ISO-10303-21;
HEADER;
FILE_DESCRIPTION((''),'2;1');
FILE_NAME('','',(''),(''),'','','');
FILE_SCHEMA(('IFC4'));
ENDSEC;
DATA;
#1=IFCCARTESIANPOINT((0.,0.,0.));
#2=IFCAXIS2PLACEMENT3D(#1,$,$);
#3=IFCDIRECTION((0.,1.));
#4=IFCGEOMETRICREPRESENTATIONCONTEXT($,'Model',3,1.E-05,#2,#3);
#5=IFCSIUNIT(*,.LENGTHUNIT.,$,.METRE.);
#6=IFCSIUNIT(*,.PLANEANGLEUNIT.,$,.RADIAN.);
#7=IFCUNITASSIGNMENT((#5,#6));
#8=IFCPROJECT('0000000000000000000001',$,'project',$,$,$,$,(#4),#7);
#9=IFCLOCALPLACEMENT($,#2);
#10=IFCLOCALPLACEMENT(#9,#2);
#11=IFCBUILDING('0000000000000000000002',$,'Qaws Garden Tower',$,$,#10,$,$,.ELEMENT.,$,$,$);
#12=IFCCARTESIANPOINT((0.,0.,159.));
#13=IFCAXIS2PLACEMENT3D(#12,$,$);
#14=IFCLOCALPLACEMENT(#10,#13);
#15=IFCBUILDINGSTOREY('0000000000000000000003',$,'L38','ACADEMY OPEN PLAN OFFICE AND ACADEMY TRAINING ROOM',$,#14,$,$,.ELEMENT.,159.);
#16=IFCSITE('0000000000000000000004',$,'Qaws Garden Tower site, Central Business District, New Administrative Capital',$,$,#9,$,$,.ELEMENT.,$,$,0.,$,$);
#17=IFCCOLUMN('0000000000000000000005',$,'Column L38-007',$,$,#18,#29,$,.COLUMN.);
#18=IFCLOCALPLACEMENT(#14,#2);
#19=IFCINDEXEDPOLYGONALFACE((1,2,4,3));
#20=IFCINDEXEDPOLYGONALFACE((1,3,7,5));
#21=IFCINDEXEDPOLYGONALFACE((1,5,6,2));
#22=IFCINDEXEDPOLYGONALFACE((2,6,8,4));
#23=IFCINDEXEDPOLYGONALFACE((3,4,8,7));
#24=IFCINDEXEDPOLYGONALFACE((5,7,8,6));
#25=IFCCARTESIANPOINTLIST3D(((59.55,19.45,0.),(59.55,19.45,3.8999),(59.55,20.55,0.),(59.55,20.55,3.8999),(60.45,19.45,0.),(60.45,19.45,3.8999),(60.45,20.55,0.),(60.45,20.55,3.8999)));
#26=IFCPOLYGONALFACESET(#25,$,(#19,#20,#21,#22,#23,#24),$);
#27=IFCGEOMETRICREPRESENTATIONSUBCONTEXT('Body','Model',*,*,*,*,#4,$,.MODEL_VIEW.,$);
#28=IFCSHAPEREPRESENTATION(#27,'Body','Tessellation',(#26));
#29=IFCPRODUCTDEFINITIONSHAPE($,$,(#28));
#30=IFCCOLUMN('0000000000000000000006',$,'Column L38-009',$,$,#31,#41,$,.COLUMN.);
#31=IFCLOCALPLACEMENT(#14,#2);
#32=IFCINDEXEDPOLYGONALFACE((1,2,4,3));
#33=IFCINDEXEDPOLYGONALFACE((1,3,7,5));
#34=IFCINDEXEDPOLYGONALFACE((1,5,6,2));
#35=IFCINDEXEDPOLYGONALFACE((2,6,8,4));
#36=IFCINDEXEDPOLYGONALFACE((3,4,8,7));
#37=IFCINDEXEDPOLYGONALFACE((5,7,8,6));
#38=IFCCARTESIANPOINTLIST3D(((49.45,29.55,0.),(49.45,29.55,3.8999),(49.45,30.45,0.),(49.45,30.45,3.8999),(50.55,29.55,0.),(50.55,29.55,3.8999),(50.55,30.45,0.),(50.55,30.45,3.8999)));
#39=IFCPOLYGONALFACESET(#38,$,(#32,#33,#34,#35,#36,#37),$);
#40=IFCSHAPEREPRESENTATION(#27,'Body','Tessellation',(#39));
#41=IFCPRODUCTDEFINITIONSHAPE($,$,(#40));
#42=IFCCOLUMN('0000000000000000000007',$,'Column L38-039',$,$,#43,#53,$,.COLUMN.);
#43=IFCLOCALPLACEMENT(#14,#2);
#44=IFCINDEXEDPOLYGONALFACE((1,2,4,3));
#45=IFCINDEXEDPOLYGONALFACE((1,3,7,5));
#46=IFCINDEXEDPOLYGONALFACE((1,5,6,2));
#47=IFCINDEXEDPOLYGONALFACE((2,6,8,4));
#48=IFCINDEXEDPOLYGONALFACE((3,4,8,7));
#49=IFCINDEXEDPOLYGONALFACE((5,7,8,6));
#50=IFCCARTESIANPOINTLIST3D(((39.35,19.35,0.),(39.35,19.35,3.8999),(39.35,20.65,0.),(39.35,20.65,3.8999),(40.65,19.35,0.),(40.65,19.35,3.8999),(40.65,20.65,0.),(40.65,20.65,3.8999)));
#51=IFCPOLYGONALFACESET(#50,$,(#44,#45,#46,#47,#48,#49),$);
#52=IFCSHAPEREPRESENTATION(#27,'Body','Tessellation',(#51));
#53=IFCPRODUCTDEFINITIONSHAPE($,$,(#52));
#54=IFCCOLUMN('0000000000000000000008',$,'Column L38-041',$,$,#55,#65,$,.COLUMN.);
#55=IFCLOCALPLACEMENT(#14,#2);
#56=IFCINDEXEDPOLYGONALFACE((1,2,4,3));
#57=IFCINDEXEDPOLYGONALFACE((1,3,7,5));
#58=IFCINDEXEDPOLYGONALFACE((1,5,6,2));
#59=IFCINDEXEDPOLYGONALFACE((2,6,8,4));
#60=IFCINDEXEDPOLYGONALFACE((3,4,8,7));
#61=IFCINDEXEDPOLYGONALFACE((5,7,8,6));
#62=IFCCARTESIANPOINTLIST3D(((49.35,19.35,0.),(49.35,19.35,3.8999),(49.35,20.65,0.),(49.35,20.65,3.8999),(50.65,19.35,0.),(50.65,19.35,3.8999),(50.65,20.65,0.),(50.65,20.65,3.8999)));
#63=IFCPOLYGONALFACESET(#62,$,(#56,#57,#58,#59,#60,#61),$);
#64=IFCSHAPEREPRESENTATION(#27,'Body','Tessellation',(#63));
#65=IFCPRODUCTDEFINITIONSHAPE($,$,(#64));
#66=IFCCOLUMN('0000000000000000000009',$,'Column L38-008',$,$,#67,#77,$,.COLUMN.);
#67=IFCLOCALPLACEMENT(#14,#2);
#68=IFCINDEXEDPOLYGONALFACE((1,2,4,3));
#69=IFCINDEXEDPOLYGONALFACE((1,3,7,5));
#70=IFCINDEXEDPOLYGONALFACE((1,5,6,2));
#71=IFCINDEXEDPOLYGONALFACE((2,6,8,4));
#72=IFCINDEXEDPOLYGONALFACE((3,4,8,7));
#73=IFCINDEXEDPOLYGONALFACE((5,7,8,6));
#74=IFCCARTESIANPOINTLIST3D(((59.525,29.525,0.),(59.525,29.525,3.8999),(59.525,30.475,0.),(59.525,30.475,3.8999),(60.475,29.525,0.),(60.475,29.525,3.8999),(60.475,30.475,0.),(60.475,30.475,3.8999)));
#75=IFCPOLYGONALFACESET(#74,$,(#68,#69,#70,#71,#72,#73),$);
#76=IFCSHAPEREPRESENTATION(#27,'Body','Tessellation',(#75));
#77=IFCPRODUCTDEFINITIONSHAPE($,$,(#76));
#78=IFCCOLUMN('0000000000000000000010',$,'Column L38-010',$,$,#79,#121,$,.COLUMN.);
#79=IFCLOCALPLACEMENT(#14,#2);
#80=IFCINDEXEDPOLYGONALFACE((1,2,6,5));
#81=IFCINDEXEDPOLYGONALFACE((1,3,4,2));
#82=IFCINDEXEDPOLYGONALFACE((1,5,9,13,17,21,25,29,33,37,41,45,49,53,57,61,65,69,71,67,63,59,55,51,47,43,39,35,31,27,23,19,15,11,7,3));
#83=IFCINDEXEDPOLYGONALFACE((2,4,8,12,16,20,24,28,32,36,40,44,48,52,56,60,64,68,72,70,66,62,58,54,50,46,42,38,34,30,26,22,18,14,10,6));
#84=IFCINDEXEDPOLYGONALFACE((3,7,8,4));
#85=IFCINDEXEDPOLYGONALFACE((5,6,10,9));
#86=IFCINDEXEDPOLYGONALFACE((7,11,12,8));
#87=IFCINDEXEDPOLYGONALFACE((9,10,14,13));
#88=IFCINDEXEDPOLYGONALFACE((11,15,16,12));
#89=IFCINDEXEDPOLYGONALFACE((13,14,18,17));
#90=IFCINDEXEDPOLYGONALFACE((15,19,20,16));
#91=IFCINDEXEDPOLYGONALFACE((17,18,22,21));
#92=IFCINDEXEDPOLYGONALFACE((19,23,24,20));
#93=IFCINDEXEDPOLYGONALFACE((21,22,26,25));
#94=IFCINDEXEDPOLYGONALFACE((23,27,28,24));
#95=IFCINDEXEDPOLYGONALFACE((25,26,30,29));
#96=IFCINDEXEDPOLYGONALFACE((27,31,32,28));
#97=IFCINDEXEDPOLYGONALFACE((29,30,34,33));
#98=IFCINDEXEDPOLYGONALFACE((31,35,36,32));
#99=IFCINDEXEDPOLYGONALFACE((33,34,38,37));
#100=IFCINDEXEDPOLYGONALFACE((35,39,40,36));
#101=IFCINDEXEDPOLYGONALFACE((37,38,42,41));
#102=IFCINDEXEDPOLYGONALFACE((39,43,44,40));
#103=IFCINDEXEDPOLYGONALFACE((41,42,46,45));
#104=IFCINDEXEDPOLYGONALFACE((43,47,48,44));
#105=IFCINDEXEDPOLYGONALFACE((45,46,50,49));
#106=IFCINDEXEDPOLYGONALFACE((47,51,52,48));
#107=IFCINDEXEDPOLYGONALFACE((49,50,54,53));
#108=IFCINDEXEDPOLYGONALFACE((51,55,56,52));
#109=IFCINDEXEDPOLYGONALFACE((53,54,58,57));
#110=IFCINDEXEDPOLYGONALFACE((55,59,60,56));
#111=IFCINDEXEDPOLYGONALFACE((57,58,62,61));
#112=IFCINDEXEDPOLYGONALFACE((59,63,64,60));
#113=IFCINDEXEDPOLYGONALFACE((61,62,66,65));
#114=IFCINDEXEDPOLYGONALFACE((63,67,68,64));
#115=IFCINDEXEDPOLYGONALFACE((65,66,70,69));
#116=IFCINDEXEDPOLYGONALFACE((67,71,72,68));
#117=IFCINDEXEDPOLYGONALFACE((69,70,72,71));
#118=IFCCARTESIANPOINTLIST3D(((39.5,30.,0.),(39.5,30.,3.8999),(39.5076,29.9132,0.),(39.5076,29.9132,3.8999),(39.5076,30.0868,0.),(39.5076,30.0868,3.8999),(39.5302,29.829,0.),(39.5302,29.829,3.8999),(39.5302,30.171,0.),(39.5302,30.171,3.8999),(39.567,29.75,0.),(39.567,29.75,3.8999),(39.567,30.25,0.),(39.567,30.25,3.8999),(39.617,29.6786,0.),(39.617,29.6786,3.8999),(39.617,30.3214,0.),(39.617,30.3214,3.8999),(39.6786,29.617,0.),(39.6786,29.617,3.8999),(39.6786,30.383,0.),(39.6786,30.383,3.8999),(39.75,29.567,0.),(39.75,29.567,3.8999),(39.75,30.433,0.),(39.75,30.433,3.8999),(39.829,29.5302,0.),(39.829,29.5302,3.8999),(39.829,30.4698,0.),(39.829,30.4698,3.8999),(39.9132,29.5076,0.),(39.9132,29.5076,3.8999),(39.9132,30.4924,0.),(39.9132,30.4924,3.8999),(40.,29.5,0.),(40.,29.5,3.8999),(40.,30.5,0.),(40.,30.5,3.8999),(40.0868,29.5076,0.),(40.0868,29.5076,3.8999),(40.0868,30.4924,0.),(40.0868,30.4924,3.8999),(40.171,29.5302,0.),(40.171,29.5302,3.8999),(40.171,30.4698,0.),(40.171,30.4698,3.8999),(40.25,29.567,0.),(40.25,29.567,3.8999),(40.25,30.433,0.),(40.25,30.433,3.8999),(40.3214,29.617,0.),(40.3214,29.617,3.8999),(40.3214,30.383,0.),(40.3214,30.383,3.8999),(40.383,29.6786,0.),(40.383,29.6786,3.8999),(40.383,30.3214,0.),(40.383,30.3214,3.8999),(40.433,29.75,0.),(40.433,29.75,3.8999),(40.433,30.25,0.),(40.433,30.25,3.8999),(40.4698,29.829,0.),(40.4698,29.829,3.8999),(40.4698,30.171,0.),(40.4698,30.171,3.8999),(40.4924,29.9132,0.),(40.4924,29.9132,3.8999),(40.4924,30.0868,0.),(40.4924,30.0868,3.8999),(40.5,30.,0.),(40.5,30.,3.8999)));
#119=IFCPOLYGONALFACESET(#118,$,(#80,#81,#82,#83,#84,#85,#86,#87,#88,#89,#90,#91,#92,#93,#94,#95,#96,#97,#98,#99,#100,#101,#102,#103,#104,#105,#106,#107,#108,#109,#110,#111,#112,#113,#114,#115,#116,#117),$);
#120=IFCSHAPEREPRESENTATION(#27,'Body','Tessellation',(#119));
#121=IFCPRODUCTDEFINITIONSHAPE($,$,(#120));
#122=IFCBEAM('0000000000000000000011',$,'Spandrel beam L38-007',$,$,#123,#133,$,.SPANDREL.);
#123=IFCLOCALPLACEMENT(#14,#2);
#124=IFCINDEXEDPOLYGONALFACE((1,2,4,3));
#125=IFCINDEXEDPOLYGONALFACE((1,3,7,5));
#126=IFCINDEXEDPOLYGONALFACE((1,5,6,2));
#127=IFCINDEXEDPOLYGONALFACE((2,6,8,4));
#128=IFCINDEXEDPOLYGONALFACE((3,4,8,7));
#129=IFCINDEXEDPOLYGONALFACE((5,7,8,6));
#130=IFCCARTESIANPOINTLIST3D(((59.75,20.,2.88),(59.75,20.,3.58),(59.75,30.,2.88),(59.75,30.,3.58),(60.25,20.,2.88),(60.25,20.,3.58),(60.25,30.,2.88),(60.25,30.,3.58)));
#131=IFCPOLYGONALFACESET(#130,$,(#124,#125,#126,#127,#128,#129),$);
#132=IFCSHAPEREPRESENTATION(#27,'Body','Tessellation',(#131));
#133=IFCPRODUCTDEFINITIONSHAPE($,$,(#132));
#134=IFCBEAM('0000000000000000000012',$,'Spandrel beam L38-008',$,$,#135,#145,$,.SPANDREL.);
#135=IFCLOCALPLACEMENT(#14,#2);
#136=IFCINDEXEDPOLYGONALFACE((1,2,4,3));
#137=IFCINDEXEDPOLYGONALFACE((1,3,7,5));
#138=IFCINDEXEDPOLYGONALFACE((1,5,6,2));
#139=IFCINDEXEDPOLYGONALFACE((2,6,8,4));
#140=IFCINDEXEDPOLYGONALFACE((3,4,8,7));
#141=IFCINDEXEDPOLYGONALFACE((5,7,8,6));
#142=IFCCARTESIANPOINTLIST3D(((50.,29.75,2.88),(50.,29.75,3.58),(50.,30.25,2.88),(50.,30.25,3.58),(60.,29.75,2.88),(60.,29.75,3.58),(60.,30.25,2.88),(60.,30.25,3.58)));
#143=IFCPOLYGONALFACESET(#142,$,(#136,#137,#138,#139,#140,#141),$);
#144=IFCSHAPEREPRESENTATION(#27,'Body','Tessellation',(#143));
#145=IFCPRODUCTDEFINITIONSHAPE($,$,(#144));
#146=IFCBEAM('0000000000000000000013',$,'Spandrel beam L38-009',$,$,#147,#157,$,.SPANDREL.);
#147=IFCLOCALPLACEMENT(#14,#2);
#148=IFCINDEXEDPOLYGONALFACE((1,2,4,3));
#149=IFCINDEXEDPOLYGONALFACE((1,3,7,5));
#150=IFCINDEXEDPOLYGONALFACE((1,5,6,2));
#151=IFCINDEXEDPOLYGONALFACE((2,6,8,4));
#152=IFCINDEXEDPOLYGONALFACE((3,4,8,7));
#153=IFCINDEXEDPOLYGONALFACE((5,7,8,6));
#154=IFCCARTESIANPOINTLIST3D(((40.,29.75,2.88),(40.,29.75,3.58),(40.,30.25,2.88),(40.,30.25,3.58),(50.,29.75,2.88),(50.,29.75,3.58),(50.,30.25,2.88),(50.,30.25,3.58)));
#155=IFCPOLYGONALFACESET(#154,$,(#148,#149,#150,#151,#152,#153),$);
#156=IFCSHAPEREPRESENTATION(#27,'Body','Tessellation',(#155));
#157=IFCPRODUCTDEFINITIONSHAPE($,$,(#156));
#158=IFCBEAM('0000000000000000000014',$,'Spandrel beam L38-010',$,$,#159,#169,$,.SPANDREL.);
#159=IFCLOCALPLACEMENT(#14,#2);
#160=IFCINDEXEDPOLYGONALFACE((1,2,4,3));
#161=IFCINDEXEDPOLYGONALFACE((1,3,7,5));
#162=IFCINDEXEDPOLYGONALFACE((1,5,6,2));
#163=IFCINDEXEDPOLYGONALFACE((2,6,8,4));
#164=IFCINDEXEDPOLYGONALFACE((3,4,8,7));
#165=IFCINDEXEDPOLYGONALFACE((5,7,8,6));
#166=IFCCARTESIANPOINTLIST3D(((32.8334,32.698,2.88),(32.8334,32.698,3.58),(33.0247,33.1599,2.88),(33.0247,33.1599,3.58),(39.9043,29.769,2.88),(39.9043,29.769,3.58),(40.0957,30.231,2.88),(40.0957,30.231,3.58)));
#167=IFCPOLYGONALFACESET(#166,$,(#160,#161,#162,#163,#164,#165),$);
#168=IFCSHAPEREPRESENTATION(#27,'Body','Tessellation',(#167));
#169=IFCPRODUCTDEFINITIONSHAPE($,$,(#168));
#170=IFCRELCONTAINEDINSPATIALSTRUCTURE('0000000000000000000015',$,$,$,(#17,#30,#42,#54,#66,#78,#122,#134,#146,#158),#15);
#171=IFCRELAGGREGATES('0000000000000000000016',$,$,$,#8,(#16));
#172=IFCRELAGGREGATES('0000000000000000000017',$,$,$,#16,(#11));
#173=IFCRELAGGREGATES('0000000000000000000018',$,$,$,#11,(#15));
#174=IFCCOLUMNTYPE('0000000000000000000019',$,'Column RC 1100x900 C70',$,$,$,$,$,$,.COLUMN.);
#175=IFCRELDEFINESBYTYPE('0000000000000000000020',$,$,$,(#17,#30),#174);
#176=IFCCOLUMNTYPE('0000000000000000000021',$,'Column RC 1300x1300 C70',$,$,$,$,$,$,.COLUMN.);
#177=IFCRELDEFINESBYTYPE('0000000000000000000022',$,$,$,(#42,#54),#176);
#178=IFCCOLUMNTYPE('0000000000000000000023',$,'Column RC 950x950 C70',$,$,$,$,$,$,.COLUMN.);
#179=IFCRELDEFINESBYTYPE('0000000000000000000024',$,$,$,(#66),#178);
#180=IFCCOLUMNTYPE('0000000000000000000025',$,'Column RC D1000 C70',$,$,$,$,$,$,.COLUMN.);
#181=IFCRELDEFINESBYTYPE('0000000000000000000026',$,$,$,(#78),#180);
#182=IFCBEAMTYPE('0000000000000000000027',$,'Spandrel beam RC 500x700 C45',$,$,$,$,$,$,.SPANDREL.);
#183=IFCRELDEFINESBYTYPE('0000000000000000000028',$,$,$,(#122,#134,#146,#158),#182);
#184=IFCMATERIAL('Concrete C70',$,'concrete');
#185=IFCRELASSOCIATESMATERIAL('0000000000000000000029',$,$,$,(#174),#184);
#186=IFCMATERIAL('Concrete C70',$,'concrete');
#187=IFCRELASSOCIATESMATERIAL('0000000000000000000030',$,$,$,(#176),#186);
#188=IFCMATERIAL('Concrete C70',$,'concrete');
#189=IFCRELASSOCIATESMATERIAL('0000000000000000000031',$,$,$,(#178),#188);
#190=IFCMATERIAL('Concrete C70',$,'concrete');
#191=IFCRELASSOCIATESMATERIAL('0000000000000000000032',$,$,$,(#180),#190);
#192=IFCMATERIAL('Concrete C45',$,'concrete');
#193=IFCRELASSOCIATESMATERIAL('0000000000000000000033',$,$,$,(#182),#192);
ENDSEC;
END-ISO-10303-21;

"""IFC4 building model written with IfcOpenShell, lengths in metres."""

from ifc_helpers import new_model, si_unit, direction, frame, origin, origin_2d, place, context, subcontext, project, spatial, rectangle, circle, extrude, material, material_profile, profile_set, type_object, element, save


model = new_model("IFC4")

# Units and contexts
model_context = context("Model", 3, precision=1e-05, world=origin(), true_north=direction((0.0, 1.0)))
body_context = subcontext(model_context, "Body", "Model", "MODEL_VIEW")
ifc_project = project(units=[si_unit("LENGTHUNIT", "METRE"), si_unit("PLANEANGLEUNIT", "RADIAN")], contexts=[model_context])

# Site, building, storey
site_placement = place(None, origin())
site = spatial("IfcSite", under=ifc_project, at=site_placement, Name="Qaws Garden Tower site, Central Business District, New Administrative Capital", CompositionType="ELEMENT", RefElevation=0.0)
building_placement = place(site_placement, origin())
building = spatial("IfcBuilding", under=site, at=building_placement, Name="Qaws Garden Tower", CompositionType="ELEMENT")
storey_placement = place(building_placement, frame((0.0, 0.0, 159.0)))
storey = spatial("IfcBuildingStorey", under=building, at=storey_placement, Name="L38", Description="ACADEMY OPEN PLAN OFFICE AND ACADEMY TRAINING ROOM", CompositionType="ELEMENT", Elevation=159.0)

# Columns
ifc_material_1 = material(Name="Concrete C70", Category="concrete")
ifc_material_profile_1 = material_profile(ifc_material_1, rectangle(XDim=1.1001, YDim=0.8999, at=origin_2d()), Name="RC 1100x900")
ifc_profile_set_1 = profile_set([ifc_material_profile_1], Name="Concrete C70")
column_type_1 = type_object("IfcColumnType", Name="Column RC 1100x900 C70", PredefinedType="COLUMN", material=ifc_profile_set_1)
for number, where, z_axis, x_axis, name in (
    (1, (60.0, 20.0, 0.0), (0.0, 0.0, 1.0), (0.0, 1.0, 0.0), "Column L38-007"),
    (2, (50.0, 30.0, 0.0), (0.0, 0.0, 1.0), (1.0, 0.0, 0.0), "Column L38-009"),
):
    element("IfcColumn", number, at=place(storey_placement, frame(where, z_axis=z_axis, x_axis=x_axis)), inside=storey, type_object=column_type_1, Name=name, PredefinedType="COLUMN", context=body_context, shape_type="SweptSolid", body=[
        extrude(rectangle(XDim=1.1001, YDim=0.8999, at=origin_2d()), origin(), (0.0, 0.0, 1.0), 3.8999),
    ])
ifc_material_2 = material(Name="Concrete C70", Category="concrete")
ifc_material_profile_2 = material_profile(ifc_material_2, rectangle(XDim=1.3, YDim=1.3, at=origin_2d()), Name="RC 1300x1300")
ifc_profile_set_2 = profile_set([ifc_material_profile_2], Name="Concrete C70")
column_type_2 = type_object("IfcColumnType", Name="Column RC 1300x1300 C70", PredefinedType="COLUMN", material=ifc_profile_set_2)
for number, where, z_axis, x_axis, name in (
    (3, (40.0, 20.0, 0.0), (0.0, 0.0, 1.0), (1.0, 0.0, 0.0), "Column L38-039"),
    (4, (50.0, 20.0, 0.0), (0.0, 0.0, 1.0), (1.0, 0.0, 0.0), "Column L38-041"),
):
    element("IfcColumn", number, at=place(storey_placement, frame(where, z_axis=z_axis, x_axis=x_axis)), inside=storey, type_object=column_type_2, Name=name, PredefinedType="COLUMN", context=body_context, shape_type="SweptSolid", body=[
        extrude(rectangle(XDim=1.3, YDim=1.3, at=origin_2d()), origin(), (0.0, 0.0, 1.0), 3.8999),
    ])
ifc_material_3 = material(Name="Concrete C70", Category="concrete")
ifc_material_profile_3 = material_profile(ifc_material_3, rectangle(XDim=0.95, YDim=0.95, at=origin_2d()), Name="RC 950x950")
ifc_profile_set_3 = profile_set([ifc_material_profile_3], Name="Concrete C70")
column_type_3 = type_object("IfcColumnType", Name="Column RC 950x950 C70", PredefinedType="COLUMN", material=ifc_profile_set_3)
column_1_placement = place(storey_placement, frame((60.0, 30.0, 0.0), z_axis=(0.0, 0.0, 1.0), x_axis=(1.0, 0.0, 0.0)))
element("IfcColumn", 5, at=column_1_placement, inside=storey, type_object=column_type_3, Name="Column L38-008", PredefinedType="COLUMN", context=body_context, shape_type="SweptSolid", body=[
    extrude(rectangle(XDim=0.95, YDim=0.95, at=origin_2d()), origin(), (0.0, 0.0, 1.0), 3.8999),
])
ifc_material_4 = material(Name="Concrete C70", Category="concrete")
ifc_material_profile_4 = material_profile(ifc_material_4, circle(Radius=0.5, at=origin_2d()), Name="RC D1000")
ifc_profile_set_4 = profile_set([ifc_material_profile_4], Name="Concrete C70")
column_type_4 = type_object("IfcColumnType", Name="Column RC D1000 C70", PredefinedType="COLUMN", material=ifc_profile_set_4)
column_2_placement = place(storey_placement, frame((40.0, 30.0, 0.0), z_axis=(0.0, 0.0, 1.0), x_axis=(1.0, 0.0, 0.0)))
element("IfcColumn", 6, at=column_2_placement, inside=storey, type_object=column_type_4, Name="Column L38-010", PredefinedType="COLUMN", context=body_context, shape_type="SweptSolid", body=[
    extrude(circle(Radius=0.5, at=origin_2d()), origin(), (0.0, 0.0, 1.0), 3.8999),
])

# Beams
ifc_material_5 = material(Name="Concrete C45", Category="concrete")
ifc_material_profile_5 = material_profile(ifc_material_5, rectangle(XDim=0.5, YDim=0.7, at=origin_2d()), Name="RC 500x700")
ifc_profile_set_5 = profile_set([ifc_material_profile_5], Name="Concrete C45")
beam_type = type_object("IfcBeamType", Name="Spandrel beam RC 500x700 C45", PredefinedType="SPANDREL", material=ifc_profile_set_5)
for number, where, z_axis, x_axis, name in (
    (7, (60.0, 20.0, 3.23), (0.0, 1.0, 0.0), (-1.0, 0.0, 0.0), "Spandrel beam L38-007"),
    (8, (60.0, 30.0, 3.23), (-1.0, 0.0, 0.0), (0.0, -1.0, 0.0), "Spandrel beam L38-008"),
    (9, (50.0, 30.0, 3.23), (-1.0, 0.0, 0.0), (0.0, -1.0, 0.0), "Spandrel beam L38-009"),
):
    element("IfcBeam", number, at=place(storey_placement, frame(where, z_axis=z_axis, x_axis=x_axis)), inside=storey, type_object=beam_type, Name=name, PredefinedType="SPANDREL", context=body_context, shape_type="SweptSolid", body=[
        extrude(rectangle(XDim=0.5, YDim=0.7, at=origin_2d()), origin(), (0.0, 0.0, 1.0), 10.0),
    ])
beam_placement = place(storey_placement, frame((40.0, 30.0, 3.23), z_axis=(-0.923878, 0.382687, 0.0), x_axis=(-0.382687, -0.923878, 0.0)))
element("IfcBeam", 10, at=beam_placement, inside=storey, type_object=beam_type, Name="Spandrel beam L38-010", PredefinedType="SPANDREL", context=body_context, shape_type="SweptSolid", body=[
    extrude(rectangle(XDim=0.5, YDim=0.7, at=origin_2d()), origin(), (0.0, 0.0, 1.0), 7.6536),
])

save(model, "model.ifc")
